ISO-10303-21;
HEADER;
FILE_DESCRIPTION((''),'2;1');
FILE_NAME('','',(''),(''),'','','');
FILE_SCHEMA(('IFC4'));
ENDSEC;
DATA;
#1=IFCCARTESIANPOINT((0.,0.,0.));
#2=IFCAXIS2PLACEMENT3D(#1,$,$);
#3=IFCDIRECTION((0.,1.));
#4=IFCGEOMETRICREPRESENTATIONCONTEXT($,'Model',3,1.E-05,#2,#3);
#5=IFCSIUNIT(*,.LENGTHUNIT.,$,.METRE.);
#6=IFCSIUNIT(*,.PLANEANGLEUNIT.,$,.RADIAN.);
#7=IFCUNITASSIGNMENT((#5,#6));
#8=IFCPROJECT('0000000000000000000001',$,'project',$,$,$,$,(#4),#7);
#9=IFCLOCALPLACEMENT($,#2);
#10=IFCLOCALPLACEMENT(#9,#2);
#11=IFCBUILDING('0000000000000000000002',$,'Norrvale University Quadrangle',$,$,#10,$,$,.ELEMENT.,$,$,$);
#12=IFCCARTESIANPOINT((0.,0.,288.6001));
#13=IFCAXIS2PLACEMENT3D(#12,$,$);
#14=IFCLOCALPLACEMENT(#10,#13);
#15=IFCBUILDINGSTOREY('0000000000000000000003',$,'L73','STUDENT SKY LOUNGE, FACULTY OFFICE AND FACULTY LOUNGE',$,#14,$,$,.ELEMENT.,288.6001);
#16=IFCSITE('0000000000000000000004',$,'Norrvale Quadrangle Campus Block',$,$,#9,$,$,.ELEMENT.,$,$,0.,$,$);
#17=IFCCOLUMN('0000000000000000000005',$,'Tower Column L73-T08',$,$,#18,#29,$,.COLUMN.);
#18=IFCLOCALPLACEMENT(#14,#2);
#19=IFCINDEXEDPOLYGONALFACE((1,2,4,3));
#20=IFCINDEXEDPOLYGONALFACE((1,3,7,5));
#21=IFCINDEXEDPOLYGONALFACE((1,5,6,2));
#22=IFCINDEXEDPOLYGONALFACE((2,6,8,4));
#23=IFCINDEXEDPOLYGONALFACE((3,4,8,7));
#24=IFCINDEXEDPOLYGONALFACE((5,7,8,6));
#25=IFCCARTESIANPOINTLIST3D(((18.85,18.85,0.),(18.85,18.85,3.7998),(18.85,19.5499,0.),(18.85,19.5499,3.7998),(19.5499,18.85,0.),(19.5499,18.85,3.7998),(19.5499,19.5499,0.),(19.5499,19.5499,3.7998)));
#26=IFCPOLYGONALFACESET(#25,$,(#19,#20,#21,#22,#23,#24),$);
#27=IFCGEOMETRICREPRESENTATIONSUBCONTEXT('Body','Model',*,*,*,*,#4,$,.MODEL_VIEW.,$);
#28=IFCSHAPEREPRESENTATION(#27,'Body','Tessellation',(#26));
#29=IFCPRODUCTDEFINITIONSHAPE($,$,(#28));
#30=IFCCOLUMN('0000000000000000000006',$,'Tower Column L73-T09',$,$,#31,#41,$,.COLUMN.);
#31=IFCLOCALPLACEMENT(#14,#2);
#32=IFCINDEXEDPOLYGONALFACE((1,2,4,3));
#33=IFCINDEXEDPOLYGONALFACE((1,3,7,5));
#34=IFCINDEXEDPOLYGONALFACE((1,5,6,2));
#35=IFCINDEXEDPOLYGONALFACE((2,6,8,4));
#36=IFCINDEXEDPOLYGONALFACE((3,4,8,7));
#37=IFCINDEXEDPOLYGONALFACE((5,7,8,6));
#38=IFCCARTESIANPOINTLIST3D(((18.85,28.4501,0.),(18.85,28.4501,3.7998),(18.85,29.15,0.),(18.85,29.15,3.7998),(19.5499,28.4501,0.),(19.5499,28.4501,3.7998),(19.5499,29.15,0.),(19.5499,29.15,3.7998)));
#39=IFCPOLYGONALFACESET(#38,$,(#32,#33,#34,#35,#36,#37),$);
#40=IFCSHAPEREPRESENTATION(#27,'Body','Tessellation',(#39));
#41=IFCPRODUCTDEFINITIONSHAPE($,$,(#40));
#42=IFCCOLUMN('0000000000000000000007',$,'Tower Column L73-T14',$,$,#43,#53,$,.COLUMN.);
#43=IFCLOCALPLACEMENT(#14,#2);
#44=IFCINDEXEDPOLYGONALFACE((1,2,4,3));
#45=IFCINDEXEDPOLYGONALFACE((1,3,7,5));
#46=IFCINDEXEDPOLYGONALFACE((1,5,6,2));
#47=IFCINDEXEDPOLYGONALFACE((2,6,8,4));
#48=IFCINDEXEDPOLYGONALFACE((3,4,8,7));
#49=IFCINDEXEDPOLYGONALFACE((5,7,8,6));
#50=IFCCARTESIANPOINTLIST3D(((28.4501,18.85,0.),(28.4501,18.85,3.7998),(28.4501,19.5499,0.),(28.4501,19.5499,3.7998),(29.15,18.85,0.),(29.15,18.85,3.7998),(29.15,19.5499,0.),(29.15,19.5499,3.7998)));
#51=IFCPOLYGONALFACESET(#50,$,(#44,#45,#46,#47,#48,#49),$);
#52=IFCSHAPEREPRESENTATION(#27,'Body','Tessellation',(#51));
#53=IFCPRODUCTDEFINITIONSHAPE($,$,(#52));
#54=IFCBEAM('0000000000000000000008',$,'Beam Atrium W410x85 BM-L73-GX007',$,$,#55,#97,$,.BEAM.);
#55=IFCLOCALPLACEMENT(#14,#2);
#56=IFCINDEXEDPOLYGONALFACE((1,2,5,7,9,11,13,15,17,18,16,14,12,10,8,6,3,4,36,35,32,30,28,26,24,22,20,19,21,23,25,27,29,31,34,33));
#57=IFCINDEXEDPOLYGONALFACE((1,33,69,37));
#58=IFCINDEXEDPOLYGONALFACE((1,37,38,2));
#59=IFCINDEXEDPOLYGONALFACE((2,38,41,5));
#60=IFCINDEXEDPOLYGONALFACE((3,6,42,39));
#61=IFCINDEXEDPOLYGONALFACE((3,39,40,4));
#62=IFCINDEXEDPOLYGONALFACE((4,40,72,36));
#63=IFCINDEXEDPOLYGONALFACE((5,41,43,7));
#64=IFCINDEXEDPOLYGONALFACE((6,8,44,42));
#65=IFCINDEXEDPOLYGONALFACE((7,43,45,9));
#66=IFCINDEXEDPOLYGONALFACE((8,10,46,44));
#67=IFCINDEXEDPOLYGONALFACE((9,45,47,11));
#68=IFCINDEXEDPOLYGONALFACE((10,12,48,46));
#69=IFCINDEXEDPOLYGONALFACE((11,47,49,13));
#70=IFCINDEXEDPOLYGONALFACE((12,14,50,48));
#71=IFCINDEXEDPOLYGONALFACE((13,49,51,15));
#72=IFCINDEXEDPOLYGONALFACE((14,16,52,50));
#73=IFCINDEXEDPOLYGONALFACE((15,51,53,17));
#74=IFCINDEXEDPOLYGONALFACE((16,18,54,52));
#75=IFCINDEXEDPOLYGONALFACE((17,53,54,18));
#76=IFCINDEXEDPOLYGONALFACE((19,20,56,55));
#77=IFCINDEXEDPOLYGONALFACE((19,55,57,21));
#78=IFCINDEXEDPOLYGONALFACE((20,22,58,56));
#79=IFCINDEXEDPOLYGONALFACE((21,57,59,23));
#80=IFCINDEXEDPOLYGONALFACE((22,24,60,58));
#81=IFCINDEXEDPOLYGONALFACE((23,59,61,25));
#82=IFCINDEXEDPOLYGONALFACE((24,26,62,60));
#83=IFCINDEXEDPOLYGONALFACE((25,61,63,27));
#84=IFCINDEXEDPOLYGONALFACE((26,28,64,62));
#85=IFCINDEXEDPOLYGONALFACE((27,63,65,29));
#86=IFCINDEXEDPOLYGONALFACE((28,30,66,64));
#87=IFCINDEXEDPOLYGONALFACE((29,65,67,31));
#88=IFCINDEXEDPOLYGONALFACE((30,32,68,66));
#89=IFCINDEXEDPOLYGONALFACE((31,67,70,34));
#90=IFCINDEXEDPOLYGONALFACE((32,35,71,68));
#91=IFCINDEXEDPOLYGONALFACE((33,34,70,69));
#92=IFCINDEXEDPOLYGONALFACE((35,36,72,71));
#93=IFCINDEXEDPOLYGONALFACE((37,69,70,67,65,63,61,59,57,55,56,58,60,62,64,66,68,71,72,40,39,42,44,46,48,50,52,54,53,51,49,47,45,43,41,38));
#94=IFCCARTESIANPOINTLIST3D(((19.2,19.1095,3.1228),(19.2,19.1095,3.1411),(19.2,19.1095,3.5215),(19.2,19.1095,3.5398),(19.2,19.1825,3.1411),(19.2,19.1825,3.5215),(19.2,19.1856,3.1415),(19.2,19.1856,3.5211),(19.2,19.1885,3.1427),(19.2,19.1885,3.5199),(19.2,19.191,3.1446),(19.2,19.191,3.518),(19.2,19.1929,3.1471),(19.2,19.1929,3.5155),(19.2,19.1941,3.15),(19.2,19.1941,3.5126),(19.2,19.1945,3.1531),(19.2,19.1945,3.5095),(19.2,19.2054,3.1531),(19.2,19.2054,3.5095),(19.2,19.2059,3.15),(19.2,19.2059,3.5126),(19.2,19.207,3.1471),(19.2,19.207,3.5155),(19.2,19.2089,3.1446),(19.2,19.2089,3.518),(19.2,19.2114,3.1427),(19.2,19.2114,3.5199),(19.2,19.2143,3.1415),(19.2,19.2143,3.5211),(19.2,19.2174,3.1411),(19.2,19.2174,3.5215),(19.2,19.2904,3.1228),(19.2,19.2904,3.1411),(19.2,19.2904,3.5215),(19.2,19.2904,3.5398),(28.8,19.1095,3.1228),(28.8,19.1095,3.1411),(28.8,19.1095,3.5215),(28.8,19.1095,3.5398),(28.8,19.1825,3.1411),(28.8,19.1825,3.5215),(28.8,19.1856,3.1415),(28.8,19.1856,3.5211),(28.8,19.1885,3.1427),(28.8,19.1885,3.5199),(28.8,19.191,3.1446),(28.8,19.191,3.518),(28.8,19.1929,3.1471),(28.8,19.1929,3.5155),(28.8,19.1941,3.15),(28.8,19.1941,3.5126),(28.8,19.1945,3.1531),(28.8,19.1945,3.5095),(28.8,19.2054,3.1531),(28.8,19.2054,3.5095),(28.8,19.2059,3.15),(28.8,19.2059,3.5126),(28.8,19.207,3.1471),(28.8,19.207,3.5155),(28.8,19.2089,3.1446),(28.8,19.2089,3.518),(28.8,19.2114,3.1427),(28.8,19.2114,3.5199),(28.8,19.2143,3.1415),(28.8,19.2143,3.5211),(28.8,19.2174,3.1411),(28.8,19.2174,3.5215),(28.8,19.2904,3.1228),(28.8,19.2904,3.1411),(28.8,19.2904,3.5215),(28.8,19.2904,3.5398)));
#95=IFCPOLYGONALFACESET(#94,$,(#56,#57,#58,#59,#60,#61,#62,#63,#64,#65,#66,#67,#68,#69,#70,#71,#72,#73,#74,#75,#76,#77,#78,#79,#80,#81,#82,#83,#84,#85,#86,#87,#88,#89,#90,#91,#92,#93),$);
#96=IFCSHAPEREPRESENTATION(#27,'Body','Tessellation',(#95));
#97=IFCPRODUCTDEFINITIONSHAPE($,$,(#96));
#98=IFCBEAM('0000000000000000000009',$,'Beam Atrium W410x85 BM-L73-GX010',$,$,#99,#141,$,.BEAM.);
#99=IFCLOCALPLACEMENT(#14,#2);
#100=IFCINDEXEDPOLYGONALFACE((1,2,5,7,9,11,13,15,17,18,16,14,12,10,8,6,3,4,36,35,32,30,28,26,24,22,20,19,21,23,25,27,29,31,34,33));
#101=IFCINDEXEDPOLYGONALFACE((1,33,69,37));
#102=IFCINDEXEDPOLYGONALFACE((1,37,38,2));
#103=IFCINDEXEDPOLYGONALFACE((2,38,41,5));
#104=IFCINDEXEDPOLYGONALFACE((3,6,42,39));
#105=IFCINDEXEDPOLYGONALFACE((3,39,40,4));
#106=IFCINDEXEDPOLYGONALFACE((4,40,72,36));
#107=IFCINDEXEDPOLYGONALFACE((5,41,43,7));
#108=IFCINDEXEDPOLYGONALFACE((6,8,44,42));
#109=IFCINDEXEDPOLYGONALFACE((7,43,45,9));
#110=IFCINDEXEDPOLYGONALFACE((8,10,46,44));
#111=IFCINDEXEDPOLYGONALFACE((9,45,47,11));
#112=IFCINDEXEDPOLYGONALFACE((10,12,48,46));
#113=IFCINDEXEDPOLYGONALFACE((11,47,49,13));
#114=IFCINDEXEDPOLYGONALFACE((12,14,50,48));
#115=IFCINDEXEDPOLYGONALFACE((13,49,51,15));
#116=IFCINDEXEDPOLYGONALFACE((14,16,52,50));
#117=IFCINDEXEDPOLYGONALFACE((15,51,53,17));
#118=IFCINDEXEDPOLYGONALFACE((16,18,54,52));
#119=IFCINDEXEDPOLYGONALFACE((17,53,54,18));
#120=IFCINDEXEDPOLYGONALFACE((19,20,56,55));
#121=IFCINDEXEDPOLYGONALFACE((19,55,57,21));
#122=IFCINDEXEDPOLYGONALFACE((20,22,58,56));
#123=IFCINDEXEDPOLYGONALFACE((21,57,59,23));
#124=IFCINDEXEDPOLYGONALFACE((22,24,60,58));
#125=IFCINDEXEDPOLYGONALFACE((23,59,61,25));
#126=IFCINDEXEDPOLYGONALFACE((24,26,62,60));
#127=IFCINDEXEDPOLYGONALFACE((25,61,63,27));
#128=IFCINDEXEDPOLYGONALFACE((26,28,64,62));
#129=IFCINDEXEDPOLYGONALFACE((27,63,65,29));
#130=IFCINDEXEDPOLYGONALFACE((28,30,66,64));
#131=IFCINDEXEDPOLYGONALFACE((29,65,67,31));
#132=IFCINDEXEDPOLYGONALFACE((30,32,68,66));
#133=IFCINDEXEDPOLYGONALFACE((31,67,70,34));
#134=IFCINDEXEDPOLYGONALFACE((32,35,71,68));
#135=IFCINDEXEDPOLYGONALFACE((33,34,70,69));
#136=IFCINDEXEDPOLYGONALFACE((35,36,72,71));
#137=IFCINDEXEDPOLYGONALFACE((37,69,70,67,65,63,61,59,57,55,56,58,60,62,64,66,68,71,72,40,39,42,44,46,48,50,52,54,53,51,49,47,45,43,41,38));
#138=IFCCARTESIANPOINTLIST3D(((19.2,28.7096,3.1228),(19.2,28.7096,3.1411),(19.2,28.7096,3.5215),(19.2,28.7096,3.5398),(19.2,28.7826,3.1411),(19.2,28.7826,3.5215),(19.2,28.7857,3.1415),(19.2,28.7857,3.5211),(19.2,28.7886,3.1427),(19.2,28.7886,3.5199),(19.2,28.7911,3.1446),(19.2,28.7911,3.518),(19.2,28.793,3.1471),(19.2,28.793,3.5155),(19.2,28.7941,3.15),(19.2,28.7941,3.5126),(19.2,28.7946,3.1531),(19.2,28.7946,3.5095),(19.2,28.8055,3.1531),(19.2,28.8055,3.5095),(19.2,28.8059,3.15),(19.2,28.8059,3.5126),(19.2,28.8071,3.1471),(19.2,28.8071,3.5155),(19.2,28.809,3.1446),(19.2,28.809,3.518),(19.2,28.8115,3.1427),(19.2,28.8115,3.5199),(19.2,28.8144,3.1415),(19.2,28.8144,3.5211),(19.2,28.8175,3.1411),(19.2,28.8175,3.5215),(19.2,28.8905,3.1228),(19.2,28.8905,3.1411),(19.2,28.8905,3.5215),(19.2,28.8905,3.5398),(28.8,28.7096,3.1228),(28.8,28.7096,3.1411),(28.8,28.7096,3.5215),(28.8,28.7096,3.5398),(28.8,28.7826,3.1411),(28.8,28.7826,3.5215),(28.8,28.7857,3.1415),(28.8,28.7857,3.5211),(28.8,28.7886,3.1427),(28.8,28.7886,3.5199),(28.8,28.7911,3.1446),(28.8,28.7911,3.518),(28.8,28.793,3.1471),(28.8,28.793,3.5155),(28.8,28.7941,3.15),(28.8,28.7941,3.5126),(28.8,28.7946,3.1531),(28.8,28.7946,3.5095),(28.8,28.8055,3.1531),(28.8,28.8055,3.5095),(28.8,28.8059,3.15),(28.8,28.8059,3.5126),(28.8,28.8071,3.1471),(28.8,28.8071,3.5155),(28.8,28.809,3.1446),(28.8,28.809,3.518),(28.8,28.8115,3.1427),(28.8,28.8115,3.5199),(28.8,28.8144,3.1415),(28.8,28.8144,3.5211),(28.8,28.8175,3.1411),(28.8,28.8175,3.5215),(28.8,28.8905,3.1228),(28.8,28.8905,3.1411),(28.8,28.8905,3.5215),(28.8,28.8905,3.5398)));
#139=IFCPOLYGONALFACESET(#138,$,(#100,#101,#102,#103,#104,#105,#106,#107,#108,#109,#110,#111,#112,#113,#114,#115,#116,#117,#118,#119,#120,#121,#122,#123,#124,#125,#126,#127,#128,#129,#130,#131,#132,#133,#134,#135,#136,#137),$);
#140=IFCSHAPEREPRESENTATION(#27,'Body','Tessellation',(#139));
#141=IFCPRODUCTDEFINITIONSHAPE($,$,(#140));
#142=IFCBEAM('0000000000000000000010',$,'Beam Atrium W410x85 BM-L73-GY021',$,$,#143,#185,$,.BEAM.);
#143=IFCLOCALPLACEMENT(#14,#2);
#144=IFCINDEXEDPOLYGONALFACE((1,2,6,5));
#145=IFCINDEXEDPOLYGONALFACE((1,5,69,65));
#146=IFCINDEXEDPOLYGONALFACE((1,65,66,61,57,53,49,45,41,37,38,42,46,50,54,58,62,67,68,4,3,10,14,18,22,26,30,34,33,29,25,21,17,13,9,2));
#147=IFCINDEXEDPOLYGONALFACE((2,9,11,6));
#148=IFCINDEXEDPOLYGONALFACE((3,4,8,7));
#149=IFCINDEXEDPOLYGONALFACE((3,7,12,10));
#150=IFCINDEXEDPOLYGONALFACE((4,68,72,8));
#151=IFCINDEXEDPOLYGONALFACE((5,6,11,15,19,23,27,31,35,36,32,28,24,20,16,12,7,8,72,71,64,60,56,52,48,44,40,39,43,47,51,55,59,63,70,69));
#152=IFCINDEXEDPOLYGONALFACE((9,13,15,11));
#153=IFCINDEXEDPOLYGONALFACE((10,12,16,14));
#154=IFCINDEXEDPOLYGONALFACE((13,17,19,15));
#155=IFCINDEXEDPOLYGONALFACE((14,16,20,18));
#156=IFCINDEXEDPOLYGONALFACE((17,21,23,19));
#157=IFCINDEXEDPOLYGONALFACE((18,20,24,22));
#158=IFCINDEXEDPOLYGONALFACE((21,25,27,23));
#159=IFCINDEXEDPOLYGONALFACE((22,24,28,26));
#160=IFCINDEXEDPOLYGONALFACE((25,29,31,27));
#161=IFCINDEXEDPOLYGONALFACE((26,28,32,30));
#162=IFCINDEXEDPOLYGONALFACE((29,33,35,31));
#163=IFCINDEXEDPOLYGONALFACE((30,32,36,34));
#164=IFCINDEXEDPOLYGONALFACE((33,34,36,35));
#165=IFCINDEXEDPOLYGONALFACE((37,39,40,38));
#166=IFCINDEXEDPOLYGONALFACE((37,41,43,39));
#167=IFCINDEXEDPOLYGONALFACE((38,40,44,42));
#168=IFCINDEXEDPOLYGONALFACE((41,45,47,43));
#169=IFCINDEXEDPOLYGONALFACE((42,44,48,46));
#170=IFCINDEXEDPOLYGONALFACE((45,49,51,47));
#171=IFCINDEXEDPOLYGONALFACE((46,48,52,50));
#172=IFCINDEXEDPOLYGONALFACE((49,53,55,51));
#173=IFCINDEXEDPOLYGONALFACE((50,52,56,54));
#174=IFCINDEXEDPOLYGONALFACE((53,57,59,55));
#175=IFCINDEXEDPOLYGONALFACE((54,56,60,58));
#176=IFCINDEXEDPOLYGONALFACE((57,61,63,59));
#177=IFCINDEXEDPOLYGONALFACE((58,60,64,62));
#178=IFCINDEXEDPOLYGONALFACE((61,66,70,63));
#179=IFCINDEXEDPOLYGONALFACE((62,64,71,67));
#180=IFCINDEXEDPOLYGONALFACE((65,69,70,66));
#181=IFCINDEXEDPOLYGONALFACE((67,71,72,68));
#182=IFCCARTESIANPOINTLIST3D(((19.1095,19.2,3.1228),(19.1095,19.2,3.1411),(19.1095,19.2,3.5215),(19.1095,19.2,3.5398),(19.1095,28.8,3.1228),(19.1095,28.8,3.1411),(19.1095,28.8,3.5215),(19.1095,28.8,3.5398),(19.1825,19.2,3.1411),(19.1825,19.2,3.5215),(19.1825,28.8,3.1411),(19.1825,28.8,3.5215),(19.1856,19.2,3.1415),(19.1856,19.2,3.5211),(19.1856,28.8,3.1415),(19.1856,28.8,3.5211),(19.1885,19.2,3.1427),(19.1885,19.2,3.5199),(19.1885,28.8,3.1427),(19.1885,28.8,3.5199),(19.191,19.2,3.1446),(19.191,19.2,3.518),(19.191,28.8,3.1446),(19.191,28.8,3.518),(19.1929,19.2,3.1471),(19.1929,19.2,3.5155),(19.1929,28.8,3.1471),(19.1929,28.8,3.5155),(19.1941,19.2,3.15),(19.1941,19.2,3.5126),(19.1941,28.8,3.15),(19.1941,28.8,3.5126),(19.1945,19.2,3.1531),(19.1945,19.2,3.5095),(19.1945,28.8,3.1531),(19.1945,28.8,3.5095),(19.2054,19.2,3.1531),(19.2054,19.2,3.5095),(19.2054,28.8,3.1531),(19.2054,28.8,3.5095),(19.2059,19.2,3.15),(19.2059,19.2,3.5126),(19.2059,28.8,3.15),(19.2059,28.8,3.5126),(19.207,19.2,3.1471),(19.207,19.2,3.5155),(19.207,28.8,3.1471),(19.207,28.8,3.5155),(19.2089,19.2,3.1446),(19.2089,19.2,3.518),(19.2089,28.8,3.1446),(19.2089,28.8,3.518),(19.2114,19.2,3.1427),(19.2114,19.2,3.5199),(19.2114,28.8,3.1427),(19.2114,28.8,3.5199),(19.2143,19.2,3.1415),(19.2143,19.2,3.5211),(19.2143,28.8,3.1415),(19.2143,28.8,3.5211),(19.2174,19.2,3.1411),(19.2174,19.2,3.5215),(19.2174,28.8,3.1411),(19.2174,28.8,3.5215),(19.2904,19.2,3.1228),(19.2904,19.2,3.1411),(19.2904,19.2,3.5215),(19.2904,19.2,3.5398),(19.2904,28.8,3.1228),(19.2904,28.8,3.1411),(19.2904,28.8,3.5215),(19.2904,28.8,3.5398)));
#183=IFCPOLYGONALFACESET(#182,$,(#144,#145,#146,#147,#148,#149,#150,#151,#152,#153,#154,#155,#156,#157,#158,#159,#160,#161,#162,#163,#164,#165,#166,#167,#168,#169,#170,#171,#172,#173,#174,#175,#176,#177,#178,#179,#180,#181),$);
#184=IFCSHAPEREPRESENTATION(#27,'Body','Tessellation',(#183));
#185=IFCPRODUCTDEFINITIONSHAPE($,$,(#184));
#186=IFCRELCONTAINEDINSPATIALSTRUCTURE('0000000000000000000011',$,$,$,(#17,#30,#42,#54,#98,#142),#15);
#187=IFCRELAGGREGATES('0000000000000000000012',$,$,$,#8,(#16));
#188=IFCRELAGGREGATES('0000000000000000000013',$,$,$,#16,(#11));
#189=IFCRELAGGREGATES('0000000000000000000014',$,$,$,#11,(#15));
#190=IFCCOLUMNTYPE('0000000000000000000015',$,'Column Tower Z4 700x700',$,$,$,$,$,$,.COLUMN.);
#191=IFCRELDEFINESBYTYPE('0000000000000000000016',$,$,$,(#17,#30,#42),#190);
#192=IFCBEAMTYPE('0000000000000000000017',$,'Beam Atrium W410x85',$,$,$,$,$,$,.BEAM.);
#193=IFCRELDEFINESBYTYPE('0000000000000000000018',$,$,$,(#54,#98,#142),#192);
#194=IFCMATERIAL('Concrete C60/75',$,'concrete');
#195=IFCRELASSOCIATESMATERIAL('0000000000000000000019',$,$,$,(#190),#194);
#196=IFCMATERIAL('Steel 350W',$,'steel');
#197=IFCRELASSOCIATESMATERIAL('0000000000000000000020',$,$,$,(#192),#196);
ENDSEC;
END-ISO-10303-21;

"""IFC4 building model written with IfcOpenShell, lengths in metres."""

from ifc_helpers import new_model, si_unit, direction, frame, origin, origin_2d, place, context, subcontext, project, spatial, rectangle, i_section, extrude, material, material_profile, profile_set, type_object, element, save


model = new_model("IFC4")

# Units and contexts
model_context = context("Model", 3, precision=1e-05, world=origin(), true_north=direction((0.0, 1.0)))
body_context = subcontext(model_context, "Body", "Model", "MODEL_VIEW")
ifc_project = project(units=[si_unit("LENGTHUNIT", "METRE"), si_unit("PLANEANGLEUNIT", "RADIAN")], contexts=[model_context])

# Site, building, storey
site_placement = place(None, origin())
site = spatial("IfcSite", under=ifc_project, at=site_placement, Name="Norrvale Quadrangle Campus Block", CompositionType="ELEMENT", RefElevation=0.0)
building_placement = place(site_placement, origin())
building = spatial("IfcBuilding", under=site, at=building_placement, Name="Norrvale University Quadrangle", CompositionType="ELEMENT")
storey_placement = place(building_placement, frame((0.0, 0.0, 288.6001)))
storey = spatial("IfcBuildingStorey", under=building, at=storey_placement, Name="L73", Description="STUDENT SKY LOUNGE, FACULTY OFFICE AND FACULTY LOUNGE", CompositionType="ELEMENT", Elevation=288.6001)

# Columns
ifc_material_1 = material(Name="Concrete C60/75", Category="concrete")
ifc_material_profile_1 = material_profile(ifc_material_1, rectangle(XDim=0.7, YDim=0.7, at=origin_2d()), Name="Concrete C60/75")
ifc_profile_set_1 = profile_set([ifc_material_profile_1], Name="Concrete C60/75")
column_type = type_object("IfcColumnType", Name="Column Tower Z4 700x700", PredefinedType="COLUMN", material=ifc_profile_set_1)
for number, where, z_axis, x_axis, name in (
    (1, (19.2, 19.2, 0.0), (0.0, 0.0, 1.0), (1.0, 0.0, 0.0), "Tower Column L73-T08"),
    (2, (19.2, 28.8, 0.0), (0.0, 0.0, 1.0), (1.0, 0.0, 0.0), "Tower Column L73-T09"),
    (3, (28.8, 19.2, 0.0), (0.0, 0.0, 1.0), (1.0, 0.0, 0.0), "Tower Column L73-T14"),
):
    element("IfcColumn", number, at=place(storey_placement, frame(where, z_axis=z_axis, x_axis=x_axis)), inside=storey, type_object=column_type, Name=name, PredefinedType="COLUMN", context=body_context, shape_type="SweptSolid", body=[
        extrude(rectangle(XDim=0.7, YDim=0.7, at=origin_2d()), origin(), (0.0, 0.0, 1.0), 3.7998),
    ])

# Beams
ifc_material_2 = material(Name="Steel 350W", Category="steel")
ifc_material_profile_2 = material_profile(ifc_material_2, i_section(OverallWidth=0.1809, OverallDepth=0.417, WebThickness=0.011, FlangeThickness=0.0183, FilletRadius=0.012, at=origin_2d()), Name="Steel 350W")
ifc_profile_set_2 = profile_set([ifc_material_profile_2], Name="Steel 350W")
beam_type_1 = type_object("IfcBeamType", Name="Beam Atrium W410x85", PredefinedType="BEAM", material=ifc_profile_set_2)
for number, where, z_axis, x_axis, name in (
    (4, (19.2, 19.2, 3.3313), (1.0, 0.0, 0.0), (0.0, 1.0, 0.0), "Beam Atrium W410x85 BM-L73-GX007"),
    (5, (19.2, 28.8, 3.3313), (1.0, 0.0, 0.0), (0.0, 1.0, 0.0), "Beam Atrium W410x85 BM-L73-GX010"),
    (6, (19.2, 19.2, 3.3313), (0.0, 1.0, 0.0), (-1.0, 0.0, 0.0), "Beam Atrium W410x85 BM-L73-GY021"),
):
    element("IfcBeam", number, at=place(storey_placement, frame(where, z_axis=z_axis, x_axis=x_axis)), inside=storey, type_object=beam_type_1, Name=name, PredefinedType="BEAM", context=body_context, shape_type="SweptSolid", body=[
        extrude(i_section(OverallWidth=0.1809, OverallDepth=0.417, WebThickness=0.011, FlangeThickness=0.0183, FilletRadius=0.012, at=origin_2d()), origin(), (0.0, 0.0, 1.0), 9.6001),
    ])

save(model, "model.ifc")
